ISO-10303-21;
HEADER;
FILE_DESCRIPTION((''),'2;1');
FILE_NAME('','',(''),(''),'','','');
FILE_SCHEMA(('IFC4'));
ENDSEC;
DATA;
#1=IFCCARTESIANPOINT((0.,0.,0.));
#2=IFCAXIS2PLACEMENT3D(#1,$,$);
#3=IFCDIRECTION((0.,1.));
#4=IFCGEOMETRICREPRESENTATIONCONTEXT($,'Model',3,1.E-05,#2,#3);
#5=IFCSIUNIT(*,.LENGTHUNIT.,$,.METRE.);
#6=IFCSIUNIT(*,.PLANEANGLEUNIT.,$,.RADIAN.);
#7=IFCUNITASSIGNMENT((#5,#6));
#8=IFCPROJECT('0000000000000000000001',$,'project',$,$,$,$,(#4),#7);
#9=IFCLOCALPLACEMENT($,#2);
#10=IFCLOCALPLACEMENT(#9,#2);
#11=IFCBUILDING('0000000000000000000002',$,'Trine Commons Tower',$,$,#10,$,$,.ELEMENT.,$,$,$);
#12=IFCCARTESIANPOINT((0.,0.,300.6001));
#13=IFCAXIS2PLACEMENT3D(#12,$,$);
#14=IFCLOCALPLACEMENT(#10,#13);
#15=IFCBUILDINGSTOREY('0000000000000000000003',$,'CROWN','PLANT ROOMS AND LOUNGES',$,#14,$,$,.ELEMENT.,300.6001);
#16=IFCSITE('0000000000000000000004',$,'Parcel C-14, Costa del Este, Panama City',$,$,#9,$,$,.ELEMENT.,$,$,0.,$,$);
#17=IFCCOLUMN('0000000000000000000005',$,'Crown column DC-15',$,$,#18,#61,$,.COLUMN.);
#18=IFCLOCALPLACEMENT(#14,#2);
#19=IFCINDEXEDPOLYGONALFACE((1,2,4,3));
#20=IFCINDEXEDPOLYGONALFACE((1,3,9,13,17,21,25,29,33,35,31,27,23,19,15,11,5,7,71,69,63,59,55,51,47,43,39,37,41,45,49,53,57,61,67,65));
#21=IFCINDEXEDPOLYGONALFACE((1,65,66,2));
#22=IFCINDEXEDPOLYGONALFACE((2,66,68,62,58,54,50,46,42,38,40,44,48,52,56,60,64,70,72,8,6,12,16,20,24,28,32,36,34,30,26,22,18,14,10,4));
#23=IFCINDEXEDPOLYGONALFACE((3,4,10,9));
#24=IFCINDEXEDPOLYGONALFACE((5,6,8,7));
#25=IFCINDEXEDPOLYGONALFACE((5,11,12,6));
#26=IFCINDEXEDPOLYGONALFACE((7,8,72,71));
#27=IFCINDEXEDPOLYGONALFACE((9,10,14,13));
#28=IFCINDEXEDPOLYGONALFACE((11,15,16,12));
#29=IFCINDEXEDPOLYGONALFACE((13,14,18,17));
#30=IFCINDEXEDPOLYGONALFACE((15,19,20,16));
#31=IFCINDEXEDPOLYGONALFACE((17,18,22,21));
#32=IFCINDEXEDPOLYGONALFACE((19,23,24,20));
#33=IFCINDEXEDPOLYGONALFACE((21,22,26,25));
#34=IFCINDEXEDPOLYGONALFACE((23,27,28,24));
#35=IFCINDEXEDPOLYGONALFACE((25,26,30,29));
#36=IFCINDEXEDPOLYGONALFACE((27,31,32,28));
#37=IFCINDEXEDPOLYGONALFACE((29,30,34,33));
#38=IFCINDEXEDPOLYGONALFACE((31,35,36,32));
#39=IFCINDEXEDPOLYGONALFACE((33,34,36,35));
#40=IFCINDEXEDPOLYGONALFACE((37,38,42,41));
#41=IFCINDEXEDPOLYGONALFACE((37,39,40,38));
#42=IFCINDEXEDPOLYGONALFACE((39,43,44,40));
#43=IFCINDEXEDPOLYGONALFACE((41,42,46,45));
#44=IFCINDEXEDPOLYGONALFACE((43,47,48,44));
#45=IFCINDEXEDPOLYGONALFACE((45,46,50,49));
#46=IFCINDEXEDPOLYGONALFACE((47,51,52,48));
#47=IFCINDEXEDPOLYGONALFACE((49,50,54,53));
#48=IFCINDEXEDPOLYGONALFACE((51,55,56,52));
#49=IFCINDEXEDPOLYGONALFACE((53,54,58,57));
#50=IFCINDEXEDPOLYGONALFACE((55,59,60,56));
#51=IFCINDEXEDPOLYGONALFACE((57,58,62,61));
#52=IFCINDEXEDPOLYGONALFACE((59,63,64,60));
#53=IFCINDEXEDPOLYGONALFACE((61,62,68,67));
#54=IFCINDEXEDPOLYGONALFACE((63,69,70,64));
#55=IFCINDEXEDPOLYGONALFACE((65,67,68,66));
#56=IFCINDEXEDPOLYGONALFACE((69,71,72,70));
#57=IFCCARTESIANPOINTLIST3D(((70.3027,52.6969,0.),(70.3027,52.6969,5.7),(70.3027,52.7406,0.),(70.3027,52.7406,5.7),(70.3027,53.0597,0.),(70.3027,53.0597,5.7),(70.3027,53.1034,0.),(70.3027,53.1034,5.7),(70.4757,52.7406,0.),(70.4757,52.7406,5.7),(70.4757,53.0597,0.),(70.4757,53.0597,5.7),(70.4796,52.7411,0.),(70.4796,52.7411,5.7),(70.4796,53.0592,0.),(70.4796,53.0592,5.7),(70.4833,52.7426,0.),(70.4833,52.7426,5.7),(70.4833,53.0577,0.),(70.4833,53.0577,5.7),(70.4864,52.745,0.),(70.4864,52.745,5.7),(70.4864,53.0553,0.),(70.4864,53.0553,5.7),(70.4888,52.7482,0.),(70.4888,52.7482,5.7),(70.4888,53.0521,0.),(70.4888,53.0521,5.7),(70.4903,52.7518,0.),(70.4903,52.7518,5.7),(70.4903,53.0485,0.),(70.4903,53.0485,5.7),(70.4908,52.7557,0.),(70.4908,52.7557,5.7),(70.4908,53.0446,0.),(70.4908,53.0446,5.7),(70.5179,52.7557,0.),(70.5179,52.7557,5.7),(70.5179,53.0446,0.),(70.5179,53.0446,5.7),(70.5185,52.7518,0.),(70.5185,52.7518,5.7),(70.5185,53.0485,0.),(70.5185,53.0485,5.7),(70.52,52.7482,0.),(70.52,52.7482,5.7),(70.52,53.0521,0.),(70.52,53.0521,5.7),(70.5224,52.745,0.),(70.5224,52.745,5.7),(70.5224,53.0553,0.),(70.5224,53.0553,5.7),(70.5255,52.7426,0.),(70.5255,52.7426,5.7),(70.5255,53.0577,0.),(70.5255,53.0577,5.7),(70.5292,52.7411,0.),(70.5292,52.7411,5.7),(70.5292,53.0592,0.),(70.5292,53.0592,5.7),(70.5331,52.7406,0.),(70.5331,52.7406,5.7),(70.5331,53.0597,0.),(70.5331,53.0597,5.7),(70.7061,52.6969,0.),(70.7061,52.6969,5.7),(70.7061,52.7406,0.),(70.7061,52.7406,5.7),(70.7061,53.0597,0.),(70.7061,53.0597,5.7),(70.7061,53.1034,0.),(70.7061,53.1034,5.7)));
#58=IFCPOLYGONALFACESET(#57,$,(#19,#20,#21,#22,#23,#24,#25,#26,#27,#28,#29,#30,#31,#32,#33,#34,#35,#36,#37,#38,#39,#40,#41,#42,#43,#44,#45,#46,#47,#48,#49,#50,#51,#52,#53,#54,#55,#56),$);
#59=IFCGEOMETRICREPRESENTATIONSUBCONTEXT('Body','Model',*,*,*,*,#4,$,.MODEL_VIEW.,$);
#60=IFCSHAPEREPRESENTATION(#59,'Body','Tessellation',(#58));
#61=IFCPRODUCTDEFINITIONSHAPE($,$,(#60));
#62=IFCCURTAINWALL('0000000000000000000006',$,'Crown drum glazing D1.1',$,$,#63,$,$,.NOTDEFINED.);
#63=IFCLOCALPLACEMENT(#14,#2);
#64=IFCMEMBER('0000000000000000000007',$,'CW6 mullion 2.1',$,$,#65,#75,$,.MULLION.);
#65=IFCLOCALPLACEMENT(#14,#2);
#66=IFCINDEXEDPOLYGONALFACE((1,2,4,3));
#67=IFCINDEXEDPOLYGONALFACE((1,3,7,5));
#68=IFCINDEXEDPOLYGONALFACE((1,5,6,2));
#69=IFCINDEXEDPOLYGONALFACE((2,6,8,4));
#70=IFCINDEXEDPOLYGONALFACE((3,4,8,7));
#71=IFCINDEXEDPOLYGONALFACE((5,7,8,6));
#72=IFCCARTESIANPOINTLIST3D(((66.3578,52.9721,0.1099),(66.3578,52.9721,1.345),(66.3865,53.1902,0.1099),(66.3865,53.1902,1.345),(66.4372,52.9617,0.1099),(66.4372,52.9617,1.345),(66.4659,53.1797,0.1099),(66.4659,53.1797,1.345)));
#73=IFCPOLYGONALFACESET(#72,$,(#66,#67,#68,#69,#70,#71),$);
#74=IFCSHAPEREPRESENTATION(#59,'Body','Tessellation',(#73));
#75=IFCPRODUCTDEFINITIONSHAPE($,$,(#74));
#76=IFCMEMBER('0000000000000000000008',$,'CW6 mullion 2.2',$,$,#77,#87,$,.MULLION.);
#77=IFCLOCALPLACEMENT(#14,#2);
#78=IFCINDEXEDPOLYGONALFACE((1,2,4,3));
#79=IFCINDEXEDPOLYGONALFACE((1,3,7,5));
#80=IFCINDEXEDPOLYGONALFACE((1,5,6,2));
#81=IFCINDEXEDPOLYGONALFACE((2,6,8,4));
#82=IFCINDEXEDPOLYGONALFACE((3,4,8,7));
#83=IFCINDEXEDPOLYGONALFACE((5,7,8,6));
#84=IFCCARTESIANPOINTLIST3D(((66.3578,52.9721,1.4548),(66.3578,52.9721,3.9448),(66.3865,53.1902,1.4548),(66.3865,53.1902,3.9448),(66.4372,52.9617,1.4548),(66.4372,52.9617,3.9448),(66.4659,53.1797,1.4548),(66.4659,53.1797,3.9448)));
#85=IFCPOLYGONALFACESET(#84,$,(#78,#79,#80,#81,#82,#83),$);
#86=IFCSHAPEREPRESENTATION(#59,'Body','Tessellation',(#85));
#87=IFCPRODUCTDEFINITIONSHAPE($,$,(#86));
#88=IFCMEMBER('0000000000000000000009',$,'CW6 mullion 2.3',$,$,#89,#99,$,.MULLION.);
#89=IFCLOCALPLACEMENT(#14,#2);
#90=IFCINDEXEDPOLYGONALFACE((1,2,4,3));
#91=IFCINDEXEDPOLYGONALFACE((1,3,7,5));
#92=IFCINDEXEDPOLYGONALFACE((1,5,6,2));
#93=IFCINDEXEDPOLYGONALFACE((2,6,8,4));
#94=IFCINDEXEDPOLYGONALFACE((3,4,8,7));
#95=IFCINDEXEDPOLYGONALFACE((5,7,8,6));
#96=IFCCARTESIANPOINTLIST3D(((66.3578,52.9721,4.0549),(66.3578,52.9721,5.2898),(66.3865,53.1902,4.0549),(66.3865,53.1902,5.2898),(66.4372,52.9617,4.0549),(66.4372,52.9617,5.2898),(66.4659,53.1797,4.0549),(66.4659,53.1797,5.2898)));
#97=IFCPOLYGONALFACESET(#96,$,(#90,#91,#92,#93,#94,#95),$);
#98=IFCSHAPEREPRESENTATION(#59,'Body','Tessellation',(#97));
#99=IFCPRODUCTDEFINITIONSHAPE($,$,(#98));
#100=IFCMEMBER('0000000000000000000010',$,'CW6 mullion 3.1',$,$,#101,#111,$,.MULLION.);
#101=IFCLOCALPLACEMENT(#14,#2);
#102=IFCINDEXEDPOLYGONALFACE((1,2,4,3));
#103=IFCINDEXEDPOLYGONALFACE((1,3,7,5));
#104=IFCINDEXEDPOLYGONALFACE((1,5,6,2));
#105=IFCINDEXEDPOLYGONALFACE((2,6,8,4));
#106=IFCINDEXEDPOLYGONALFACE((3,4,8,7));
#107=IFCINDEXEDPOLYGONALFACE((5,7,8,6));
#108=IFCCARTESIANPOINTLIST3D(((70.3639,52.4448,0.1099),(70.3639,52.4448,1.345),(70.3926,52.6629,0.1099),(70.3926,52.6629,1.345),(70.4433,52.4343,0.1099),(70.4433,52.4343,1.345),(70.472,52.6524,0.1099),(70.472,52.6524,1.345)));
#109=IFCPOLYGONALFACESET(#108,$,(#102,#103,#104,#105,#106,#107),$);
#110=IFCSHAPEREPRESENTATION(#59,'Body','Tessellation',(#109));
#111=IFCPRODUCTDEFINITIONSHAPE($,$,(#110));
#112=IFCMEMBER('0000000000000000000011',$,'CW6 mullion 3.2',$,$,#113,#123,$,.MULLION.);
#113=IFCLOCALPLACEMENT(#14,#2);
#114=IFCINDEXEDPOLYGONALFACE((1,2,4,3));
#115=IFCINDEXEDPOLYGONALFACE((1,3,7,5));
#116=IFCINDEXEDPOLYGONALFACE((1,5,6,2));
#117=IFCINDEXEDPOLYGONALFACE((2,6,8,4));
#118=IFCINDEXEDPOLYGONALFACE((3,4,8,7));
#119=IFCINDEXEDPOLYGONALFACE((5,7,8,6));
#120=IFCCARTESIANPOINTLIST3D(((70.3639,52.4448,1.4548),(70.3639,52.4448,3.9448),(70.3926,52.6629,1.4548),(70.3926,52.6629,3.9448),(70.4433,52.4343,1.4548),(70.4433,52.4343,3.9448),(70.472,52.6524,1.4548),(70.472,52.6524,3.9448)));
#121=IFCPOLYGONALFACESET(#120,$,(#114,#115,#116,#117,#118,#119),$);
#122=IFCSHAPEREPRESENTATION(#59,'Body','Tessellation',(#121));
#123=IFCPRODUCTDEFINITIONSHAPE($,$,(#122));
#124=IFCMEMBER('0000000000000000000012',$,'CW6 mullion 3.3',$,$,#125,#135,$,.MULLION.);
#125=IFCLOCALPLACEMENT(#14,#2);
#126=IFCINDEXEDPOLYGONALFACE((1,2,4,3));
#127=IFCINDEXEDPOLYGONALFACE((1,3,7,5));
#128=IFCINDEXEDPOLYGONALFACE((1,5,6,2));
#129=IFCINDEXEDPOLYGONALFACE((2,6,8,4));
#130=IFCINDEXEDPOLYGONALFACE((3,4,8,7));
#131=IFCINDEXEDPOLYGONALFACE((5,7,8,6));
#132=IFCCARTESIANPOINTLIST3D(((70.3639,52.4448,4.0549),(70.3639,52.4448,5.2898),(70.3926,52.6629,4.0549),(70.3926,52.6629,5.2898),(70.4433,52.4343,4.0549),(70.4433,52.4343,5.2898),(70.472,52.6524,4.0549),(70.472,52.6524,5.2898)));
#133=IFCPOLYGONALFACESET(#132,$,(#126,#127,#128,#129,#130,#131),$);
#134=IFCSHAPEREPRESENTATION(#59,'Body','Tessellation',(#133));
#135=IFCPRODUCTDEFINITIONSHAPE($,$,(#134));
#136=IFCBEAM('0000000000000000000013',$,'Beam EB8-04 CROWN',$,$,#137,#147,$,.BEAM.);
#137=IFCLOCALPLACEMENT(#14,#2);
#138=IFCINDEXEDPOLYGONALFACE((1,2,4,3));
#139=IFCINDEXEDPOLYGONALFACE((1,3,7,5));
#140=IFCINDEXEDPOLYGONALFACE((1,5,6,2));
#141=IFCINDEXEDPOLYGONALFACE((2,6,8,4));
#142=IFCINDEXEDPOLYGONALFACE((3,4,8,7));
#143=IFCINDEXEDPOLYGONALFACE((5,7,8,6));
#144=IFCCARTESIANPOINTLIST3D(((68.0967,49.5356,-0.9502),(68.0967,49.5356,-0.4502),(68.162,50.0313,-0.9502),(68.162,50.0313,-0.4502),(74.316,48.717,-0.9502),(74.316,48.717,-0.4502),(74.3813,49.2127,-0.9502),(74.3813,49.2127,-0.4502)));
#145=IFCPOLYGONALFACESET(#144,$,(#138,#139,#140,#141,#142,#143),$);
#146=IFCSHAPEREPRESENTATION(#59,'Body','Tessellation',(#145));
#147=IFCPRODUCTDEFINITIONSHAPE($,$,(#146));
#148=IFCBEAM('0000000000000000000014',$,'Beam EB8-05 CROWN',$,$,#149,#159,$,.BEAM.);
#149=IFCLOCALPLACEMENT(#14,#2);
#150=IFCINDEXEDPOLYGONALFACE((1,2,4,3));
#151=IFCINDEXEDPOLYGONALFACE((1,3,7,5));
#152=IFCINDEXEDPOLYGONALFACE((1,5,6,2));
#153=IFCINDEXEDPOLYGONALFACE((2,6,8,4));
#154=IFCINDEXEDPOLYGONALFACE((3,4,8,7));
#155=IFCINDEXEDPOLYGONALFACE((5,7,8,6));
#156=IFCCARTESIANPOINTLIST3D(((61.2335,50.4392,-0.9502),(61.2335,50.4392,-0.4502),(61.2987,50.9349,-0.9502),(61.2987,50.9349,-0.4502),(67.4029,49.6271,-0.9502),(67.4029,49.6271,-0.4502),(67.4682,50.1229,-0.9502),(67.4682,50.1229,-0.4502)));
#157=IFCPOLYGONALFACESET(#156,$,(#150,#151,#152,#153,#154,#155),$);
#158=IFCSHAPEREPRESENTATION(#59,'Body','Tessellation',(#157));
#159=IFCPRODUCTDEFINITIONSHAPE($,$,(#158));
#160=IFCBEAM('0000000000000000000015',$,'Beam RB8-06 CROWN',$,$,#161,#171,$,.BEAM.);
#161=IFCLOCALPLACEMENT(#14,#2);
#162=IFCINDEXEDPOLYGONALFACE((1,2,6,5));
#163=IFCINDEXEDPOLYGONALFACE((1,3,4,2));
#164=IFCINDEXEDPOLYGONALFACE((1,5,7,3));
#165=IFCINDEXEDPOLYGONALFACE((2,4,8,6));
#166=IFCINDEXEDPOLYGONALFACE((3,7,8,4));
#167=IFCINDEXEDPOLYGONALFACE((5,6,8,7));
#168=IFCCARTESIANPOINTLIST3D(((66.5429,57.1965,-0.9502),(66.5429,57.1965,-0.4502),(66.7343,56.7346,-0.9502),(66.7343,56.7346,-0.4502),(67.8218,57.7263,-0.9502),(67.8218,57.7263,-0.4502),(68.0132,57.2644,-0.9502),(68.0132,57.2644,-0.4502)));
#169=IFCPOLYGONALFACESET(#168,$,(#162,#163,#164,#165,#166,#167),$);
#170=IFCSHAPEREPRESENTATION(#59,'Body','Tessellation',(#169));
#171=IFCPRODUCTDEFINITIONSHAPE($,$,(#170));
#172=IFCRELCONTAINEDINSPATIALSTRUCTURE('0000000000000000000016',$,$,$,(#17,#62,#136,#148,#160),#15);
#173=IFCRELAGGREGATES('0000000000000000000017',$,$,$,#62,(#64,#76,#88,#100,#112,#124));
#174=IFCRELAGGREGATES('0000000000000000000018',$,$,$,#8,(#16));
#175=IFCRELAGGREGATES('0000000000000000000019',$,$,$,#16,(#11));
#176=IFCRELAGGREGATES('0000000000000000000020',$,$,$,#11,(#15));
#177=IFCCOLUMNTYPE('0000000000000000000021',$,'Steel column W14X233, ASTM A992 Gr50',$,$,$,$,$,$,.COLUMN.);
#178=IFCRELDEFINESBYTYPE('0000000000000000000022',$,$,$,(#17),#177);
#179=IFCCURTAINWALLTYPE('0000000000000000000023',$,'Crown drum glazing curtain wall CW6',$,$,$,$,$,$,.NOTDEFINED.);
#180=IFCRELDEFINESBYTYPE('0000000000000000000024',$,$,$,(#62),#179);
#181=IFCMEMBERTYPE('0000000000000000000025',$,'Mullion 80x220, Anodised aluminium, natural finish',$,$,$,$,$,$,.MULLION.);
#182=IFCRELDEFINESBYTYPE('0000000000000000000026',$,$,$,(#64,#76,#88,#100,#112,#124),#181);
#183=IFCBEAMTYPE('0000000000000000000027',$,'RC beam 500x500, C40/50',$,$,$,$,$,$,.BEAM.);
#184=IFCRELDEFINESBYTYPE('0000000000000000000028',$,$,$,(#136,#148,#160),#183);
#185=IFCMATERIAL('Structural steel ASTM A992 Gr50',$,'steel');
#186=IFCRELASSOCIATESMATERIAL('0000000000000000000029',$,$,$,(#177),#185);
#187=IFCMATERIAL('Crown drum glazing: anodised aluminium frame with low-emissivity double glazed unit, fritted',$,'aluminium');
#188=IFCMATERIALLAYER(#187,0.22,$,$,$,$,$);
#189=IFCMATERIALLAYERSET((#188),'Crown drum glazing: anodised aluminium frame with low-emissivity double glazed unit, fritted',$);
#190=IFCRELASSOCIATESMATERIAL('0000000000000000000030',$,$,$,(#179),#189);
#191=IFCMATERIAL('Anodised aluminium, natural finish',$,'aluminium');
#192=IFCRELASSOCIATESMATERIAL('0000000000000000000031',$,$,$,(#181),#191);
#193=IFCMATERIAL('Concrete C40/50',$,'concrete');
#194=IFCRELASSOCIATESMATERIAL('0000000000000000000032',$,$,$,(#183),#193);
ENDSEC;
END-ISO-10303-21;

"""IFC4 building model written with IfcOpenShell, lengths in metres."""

from ifc_helpers import new_model, si_unit, direction, frame, origin, origin_2d, place, context, subcontext, project, spatial, rectangle, i_section, extrude, material, layer, layer_set, material_profile, profile_set, type_object, element, aggregate, save


model = new_model("IFC4")

# Units and contexts
model_context = context("Model", 3, precision=1e-05, world=origin(), true_north=direction((0.0, 1.0)))
body_context = subcontext(model_context, "Body", "Model", "MODEL_VIEW")
ifc_project = project(units=[si_unit("LENGTHUNIT", "METRE"), si_unit("PLANEANGLEUNIT", "RADIAN")], contexts=[model_context])

# Site, building, storey
site_placement = place(None, origin())
site = spatial("IfcSite", under=ifc_project, at=site_placement, Name="Parcel C-14, Costa del Este, Panama City", CompositionType="ELEMENT", RefElevation=0.0)
building_placement = place(site_placement, origin())
building = spatial("IfcBuilding", under=site, at=building_placement, Name="Trine Commons Tower", CompositionType="ELEMENT")
storey_placement = place(building_placement, frame((0.0, 0.0, 300.6001)))
storey = spatial("IfcBuildingStorey", under=building, at=storey_placement, Name="CROWN", Description="PLANT ROOMS AND LOUNGES", CompositionType="ELEMENT", Elevation=300.6001)

# Column
ifc_material_1 = material(Name="Structural steel ASTM A992 Gr50", Category="steel")
ifc_material_profile_1 = material_profile(ifc_material_1, i_section(OverallWidth=0.4033, OverallDepth=0.4065, WebThickness=0.0271, FlangeThickness=0.0437, FilletRadius=0.0151, at=origin_2d()), Name="W14X233")
ifc_profile_set_1 = profile_set([ifc_material_profile_1], Name="Structural steel ASTM A992 Gr50")
column_type = type_object("IfcColumnType", Name="Steel column W14X233, ASTM A992 Gr50", PredefinedType="COLUMN", material=ifc_profile_set_1)
column_placement = place(storey_placement, frame((70.5044, 52.9001, 0.0), z_axis=(0.0, 0.0, 1.0), x_axis=(1.0, 0.0, 0.0)))
element("IfcColumn", 1, at=column_placement, inside=storey, type_object=column_type, Name="Crown column DC-15", PredefinedType="COLUMN", context=body_context, shape_type="SweptSolid", body=[
    extrude(i_section(OverallWidth=0.4033, OverallDepth=0.4065, WebThickness=0.0271, FlangeThickness=0.0437, FilletRadius=0.0151, at=origin_2d()), origin(), (0.0, 0.0, 1.0), 5.7),
])

# Curtain wall, members
ifc_material_2 = material(Name="Crown drum glazing: anodised aluminium frame with low-emissivity double glazed unit, fritted", Category="aluminium")
ifc_layer_1 = layer(ifc_material_2, 0.22)
ifc_layer_set_1 = layer_set([ifc_layer_1], Name="Crown drum glazing: anodised aluminium frame with low-emissivity double glazed unit, fritted")
curtain_wall_type = type_object("IfcCurtainWallType", Name="Crown drum glazing curtain wall CW6", PredefinedType="NOTDEFINED", material=ifc_layer_set_1)
curtain_wall_1_placement = place(storey_placement, origin())
curtain_wall_1 = element("IfcCurtainWall", 2, at=curtain_wall_1_placement, inside=storey, type_object=curtain_wall_type, Name="Crown drum glazing D1.1", PredefinedType="NOTDEFINED")
ifc_material_3 = material(Name="Anodised aluminium, natural finish", Category="aluminium")
ifc_material_profile_2 = material_profile(ifc_material_3, rectangle(XDim=0.22, YDim=0.0801, at=origin_2d()), Name="Mullion 80x220")
ifc_profile_set_2 = profile_set([ifc_material_profile_2], Name="Anodised aluminium, natural finish")
member_type_1 = type_object("IfcMemberType", Name="Mullion 80x220, Anodised aluminium, natural finish", PredefinedType="MULLION", material=ifc_profile_set_2)
member_1_placement = place(storey_placement, frame((66.4119, 53.0759, 0.1099), z_axis=(0.0, 0.0, 1.0), x_axis=(0.130526, 0.991445, 0.0)))
member_1 = element("IfcMember", 3, at=member_1_placement, type_object=member_type_1, Name="CW6 mullion 2.1", PredefinedType="MULLION", context=body_context, shape_type="SweptSolid", body=[
    extrude(rectangle(XDim=0.22, YDim=0.0801, at=origin_2d()), origin(), (0.0, 0.0, 1.0), 1.2351),
])
member_2_placement = place(storey_placement, frame((66.4119, 53.0759, 1.4548), z_axis=(0.0, 0.0, 1.0), x_axis=(0.130526, 0.991445, 0.0)))
member_2 = element("IfcMember", 4, at=member_2_placement, type_object=member_type_1, Name="CW6 mullion 2.2", PredefinedType="MULLION", context=body_context, shape_type="SweptSolid", body=[
    extrude(rectangle(XDim=0.22, YDim=0.0801, at=origin_2d()), origin(), (0.0, 0.0, 1.0), 2.49),
])
member_3_placement = place(storey_placement, frame((66.4119, 53.0759, 4.0549), z_axis=(0.0, 0.0, 1.0), x_axis=(0.130526, 0.991445, 0.0)))
member_3 = element("IfcMember", 5, at=member_3_placement, type_object=member_type_1, Name="CW6 mullion 2.3", PredefinedType="MULLION", context=body_context, shape_type="SweptSolid", body=[
    extrude(rectangle(XDim=0.22, YDim=0.0801, at=origin_2d()), origin(), (0.0, 0.0, 1.0), 1.2349),
])
member_4_placement = place(storey_placement, frame((70.418, 52.5486, 0.1099), z_axis=(0.0, 0.0, 1.0), x_axis=(0.130526, 0.991445, 0.0)))
member_4 = element("IfcMember", 6, at=member_4_placement, type_object=member_type_1, Name="CW6 mullion 3.1", PredefinedType="MULLION", context=body_context, shape_type="SweptSolid", body=[
    extrude(rectangle(XDim=0.22, YDim=0.0801, at=origin_2d()), origin(), (0.0, 0.0, 1.0), 1.2351),
])
member_5_placement = place(storey_placement, frame((70.418, 52.5486, 1.4548), z_axis=(0.0, 0.0, 1.0), x_axis=(0.130526, 0.991445, 0.0)))
member_5 = element("IfcMember", 7, at=member_5_placement, type_object=member_type_1, Name="CW6 mullion 3.2", PredefinedType="MULLION", context=body_context, shape_type="SweptSolid", body=[
    extrude(rectangle(XDim=0.22, YDim=0.0801, at=origin_2d()), origin(), (0.0, 0.0, 1.0), 2.49),
])
member_6_placement = place(storey_placement, frame((70.418, 52.5486, 4.0549), z_axis=(0.0, 0.0, 1.0), x_axis=(0.130526, 0.991445, 0.0)))
member_6 = element("IfcMember", 8, at=member_6_placement, type_object=member_type_1, Name="CW6 mullion 3.3", PredefinedType="MULLION", context=body_context, shape_type="SweptSolid", body=[
    extrude(rectangle(XDim=0.22, YDim=0.0801, at=origin_2d()), origin(), (0.0, 0.0, 1.0), 1.2349),
])

# Beams
ifc_material_4 = material(Name="Concrete C40/50", Category="concrete")
ifc_material_profile_3 = material_profile(ifc_material_4, rectangle(XDim=0.5, YDim=0.5, at=origin_2d()), Name="RC 500x500")
ifc_profile_set_3 = profile_set([ifc_material_profile_3], Name="Concrete C40/50")
beam_type_1 = type_object("IfcBeamType", Name="RC beam 500x500, C40/50", PredefinedType="BEAM", material=ifc_profile_set_3)
beam_1_placement = place(storey_placement, frame((74.3486, 48.9648, -0.7002), z_axis=(-0.991448, 0.130499, 0.0), x_axis=(-0.130499, -0.991448, 0.0)))
element("IfcBeam", 9, at=beam_1_placement, inside=storey, type_object=beam_type_1, Name="Beam EB8-04 CROWN", PredefinedType="BEAM", context=body_context, shape_type="SweptSolid", body=[
    extrude(rectangle(XDim=0.5, YDim=0.5, at=origin_2d()), origin(), (0.0, 0.0, 1.0), 6.2729),
])
beam_2_placement = place(storey_placement, frame((67.4355, 49.875, -0.7002), z_axis=(-0.991449, 0.130493, 0.0), x_axis=(-0.130493, -0.991449, 0.0)))
element("IfcBeam", 10, at=beam_2_placement, inside=storey, type_object=beam_type_1, Name="Beam EB8-05 CROWN", PredefinedType="BEAM", context=body_context, shape_type="SweptSolid", body=[
    extrude(rectangle(XDim=0.5, YDim=0.5, at=origin_2d()), origin(), (0.0, 0.0, 1.0), 6.2227),
])
beam_3_placement = place(storey_placement, frame((67.9175, 57.4954, -0.7002), z_axis=(-0.923858, -0.382736, 0.0), x_axis=(0.382736, -0.923858, 0.0)))
element("IfcBeam", 11, at=beam_3_placement, inside=storey, type_object=beam_type_1, Name="Beam RB8-06 CROWN", PredefinedType="BEAM", context=body_context, shape_type="SweptSolid", body=[
    extrude(rectangle(XDim=0.5, YDim=0.5, at=origin_2d()), origin(), (0.0, 0.0, 1.0), 1.3843),
])

aggregate(curtain_wall_1, [member_1, member_2, member_3, member_4, member_5, member_6])

save(model, "model.ifc")
